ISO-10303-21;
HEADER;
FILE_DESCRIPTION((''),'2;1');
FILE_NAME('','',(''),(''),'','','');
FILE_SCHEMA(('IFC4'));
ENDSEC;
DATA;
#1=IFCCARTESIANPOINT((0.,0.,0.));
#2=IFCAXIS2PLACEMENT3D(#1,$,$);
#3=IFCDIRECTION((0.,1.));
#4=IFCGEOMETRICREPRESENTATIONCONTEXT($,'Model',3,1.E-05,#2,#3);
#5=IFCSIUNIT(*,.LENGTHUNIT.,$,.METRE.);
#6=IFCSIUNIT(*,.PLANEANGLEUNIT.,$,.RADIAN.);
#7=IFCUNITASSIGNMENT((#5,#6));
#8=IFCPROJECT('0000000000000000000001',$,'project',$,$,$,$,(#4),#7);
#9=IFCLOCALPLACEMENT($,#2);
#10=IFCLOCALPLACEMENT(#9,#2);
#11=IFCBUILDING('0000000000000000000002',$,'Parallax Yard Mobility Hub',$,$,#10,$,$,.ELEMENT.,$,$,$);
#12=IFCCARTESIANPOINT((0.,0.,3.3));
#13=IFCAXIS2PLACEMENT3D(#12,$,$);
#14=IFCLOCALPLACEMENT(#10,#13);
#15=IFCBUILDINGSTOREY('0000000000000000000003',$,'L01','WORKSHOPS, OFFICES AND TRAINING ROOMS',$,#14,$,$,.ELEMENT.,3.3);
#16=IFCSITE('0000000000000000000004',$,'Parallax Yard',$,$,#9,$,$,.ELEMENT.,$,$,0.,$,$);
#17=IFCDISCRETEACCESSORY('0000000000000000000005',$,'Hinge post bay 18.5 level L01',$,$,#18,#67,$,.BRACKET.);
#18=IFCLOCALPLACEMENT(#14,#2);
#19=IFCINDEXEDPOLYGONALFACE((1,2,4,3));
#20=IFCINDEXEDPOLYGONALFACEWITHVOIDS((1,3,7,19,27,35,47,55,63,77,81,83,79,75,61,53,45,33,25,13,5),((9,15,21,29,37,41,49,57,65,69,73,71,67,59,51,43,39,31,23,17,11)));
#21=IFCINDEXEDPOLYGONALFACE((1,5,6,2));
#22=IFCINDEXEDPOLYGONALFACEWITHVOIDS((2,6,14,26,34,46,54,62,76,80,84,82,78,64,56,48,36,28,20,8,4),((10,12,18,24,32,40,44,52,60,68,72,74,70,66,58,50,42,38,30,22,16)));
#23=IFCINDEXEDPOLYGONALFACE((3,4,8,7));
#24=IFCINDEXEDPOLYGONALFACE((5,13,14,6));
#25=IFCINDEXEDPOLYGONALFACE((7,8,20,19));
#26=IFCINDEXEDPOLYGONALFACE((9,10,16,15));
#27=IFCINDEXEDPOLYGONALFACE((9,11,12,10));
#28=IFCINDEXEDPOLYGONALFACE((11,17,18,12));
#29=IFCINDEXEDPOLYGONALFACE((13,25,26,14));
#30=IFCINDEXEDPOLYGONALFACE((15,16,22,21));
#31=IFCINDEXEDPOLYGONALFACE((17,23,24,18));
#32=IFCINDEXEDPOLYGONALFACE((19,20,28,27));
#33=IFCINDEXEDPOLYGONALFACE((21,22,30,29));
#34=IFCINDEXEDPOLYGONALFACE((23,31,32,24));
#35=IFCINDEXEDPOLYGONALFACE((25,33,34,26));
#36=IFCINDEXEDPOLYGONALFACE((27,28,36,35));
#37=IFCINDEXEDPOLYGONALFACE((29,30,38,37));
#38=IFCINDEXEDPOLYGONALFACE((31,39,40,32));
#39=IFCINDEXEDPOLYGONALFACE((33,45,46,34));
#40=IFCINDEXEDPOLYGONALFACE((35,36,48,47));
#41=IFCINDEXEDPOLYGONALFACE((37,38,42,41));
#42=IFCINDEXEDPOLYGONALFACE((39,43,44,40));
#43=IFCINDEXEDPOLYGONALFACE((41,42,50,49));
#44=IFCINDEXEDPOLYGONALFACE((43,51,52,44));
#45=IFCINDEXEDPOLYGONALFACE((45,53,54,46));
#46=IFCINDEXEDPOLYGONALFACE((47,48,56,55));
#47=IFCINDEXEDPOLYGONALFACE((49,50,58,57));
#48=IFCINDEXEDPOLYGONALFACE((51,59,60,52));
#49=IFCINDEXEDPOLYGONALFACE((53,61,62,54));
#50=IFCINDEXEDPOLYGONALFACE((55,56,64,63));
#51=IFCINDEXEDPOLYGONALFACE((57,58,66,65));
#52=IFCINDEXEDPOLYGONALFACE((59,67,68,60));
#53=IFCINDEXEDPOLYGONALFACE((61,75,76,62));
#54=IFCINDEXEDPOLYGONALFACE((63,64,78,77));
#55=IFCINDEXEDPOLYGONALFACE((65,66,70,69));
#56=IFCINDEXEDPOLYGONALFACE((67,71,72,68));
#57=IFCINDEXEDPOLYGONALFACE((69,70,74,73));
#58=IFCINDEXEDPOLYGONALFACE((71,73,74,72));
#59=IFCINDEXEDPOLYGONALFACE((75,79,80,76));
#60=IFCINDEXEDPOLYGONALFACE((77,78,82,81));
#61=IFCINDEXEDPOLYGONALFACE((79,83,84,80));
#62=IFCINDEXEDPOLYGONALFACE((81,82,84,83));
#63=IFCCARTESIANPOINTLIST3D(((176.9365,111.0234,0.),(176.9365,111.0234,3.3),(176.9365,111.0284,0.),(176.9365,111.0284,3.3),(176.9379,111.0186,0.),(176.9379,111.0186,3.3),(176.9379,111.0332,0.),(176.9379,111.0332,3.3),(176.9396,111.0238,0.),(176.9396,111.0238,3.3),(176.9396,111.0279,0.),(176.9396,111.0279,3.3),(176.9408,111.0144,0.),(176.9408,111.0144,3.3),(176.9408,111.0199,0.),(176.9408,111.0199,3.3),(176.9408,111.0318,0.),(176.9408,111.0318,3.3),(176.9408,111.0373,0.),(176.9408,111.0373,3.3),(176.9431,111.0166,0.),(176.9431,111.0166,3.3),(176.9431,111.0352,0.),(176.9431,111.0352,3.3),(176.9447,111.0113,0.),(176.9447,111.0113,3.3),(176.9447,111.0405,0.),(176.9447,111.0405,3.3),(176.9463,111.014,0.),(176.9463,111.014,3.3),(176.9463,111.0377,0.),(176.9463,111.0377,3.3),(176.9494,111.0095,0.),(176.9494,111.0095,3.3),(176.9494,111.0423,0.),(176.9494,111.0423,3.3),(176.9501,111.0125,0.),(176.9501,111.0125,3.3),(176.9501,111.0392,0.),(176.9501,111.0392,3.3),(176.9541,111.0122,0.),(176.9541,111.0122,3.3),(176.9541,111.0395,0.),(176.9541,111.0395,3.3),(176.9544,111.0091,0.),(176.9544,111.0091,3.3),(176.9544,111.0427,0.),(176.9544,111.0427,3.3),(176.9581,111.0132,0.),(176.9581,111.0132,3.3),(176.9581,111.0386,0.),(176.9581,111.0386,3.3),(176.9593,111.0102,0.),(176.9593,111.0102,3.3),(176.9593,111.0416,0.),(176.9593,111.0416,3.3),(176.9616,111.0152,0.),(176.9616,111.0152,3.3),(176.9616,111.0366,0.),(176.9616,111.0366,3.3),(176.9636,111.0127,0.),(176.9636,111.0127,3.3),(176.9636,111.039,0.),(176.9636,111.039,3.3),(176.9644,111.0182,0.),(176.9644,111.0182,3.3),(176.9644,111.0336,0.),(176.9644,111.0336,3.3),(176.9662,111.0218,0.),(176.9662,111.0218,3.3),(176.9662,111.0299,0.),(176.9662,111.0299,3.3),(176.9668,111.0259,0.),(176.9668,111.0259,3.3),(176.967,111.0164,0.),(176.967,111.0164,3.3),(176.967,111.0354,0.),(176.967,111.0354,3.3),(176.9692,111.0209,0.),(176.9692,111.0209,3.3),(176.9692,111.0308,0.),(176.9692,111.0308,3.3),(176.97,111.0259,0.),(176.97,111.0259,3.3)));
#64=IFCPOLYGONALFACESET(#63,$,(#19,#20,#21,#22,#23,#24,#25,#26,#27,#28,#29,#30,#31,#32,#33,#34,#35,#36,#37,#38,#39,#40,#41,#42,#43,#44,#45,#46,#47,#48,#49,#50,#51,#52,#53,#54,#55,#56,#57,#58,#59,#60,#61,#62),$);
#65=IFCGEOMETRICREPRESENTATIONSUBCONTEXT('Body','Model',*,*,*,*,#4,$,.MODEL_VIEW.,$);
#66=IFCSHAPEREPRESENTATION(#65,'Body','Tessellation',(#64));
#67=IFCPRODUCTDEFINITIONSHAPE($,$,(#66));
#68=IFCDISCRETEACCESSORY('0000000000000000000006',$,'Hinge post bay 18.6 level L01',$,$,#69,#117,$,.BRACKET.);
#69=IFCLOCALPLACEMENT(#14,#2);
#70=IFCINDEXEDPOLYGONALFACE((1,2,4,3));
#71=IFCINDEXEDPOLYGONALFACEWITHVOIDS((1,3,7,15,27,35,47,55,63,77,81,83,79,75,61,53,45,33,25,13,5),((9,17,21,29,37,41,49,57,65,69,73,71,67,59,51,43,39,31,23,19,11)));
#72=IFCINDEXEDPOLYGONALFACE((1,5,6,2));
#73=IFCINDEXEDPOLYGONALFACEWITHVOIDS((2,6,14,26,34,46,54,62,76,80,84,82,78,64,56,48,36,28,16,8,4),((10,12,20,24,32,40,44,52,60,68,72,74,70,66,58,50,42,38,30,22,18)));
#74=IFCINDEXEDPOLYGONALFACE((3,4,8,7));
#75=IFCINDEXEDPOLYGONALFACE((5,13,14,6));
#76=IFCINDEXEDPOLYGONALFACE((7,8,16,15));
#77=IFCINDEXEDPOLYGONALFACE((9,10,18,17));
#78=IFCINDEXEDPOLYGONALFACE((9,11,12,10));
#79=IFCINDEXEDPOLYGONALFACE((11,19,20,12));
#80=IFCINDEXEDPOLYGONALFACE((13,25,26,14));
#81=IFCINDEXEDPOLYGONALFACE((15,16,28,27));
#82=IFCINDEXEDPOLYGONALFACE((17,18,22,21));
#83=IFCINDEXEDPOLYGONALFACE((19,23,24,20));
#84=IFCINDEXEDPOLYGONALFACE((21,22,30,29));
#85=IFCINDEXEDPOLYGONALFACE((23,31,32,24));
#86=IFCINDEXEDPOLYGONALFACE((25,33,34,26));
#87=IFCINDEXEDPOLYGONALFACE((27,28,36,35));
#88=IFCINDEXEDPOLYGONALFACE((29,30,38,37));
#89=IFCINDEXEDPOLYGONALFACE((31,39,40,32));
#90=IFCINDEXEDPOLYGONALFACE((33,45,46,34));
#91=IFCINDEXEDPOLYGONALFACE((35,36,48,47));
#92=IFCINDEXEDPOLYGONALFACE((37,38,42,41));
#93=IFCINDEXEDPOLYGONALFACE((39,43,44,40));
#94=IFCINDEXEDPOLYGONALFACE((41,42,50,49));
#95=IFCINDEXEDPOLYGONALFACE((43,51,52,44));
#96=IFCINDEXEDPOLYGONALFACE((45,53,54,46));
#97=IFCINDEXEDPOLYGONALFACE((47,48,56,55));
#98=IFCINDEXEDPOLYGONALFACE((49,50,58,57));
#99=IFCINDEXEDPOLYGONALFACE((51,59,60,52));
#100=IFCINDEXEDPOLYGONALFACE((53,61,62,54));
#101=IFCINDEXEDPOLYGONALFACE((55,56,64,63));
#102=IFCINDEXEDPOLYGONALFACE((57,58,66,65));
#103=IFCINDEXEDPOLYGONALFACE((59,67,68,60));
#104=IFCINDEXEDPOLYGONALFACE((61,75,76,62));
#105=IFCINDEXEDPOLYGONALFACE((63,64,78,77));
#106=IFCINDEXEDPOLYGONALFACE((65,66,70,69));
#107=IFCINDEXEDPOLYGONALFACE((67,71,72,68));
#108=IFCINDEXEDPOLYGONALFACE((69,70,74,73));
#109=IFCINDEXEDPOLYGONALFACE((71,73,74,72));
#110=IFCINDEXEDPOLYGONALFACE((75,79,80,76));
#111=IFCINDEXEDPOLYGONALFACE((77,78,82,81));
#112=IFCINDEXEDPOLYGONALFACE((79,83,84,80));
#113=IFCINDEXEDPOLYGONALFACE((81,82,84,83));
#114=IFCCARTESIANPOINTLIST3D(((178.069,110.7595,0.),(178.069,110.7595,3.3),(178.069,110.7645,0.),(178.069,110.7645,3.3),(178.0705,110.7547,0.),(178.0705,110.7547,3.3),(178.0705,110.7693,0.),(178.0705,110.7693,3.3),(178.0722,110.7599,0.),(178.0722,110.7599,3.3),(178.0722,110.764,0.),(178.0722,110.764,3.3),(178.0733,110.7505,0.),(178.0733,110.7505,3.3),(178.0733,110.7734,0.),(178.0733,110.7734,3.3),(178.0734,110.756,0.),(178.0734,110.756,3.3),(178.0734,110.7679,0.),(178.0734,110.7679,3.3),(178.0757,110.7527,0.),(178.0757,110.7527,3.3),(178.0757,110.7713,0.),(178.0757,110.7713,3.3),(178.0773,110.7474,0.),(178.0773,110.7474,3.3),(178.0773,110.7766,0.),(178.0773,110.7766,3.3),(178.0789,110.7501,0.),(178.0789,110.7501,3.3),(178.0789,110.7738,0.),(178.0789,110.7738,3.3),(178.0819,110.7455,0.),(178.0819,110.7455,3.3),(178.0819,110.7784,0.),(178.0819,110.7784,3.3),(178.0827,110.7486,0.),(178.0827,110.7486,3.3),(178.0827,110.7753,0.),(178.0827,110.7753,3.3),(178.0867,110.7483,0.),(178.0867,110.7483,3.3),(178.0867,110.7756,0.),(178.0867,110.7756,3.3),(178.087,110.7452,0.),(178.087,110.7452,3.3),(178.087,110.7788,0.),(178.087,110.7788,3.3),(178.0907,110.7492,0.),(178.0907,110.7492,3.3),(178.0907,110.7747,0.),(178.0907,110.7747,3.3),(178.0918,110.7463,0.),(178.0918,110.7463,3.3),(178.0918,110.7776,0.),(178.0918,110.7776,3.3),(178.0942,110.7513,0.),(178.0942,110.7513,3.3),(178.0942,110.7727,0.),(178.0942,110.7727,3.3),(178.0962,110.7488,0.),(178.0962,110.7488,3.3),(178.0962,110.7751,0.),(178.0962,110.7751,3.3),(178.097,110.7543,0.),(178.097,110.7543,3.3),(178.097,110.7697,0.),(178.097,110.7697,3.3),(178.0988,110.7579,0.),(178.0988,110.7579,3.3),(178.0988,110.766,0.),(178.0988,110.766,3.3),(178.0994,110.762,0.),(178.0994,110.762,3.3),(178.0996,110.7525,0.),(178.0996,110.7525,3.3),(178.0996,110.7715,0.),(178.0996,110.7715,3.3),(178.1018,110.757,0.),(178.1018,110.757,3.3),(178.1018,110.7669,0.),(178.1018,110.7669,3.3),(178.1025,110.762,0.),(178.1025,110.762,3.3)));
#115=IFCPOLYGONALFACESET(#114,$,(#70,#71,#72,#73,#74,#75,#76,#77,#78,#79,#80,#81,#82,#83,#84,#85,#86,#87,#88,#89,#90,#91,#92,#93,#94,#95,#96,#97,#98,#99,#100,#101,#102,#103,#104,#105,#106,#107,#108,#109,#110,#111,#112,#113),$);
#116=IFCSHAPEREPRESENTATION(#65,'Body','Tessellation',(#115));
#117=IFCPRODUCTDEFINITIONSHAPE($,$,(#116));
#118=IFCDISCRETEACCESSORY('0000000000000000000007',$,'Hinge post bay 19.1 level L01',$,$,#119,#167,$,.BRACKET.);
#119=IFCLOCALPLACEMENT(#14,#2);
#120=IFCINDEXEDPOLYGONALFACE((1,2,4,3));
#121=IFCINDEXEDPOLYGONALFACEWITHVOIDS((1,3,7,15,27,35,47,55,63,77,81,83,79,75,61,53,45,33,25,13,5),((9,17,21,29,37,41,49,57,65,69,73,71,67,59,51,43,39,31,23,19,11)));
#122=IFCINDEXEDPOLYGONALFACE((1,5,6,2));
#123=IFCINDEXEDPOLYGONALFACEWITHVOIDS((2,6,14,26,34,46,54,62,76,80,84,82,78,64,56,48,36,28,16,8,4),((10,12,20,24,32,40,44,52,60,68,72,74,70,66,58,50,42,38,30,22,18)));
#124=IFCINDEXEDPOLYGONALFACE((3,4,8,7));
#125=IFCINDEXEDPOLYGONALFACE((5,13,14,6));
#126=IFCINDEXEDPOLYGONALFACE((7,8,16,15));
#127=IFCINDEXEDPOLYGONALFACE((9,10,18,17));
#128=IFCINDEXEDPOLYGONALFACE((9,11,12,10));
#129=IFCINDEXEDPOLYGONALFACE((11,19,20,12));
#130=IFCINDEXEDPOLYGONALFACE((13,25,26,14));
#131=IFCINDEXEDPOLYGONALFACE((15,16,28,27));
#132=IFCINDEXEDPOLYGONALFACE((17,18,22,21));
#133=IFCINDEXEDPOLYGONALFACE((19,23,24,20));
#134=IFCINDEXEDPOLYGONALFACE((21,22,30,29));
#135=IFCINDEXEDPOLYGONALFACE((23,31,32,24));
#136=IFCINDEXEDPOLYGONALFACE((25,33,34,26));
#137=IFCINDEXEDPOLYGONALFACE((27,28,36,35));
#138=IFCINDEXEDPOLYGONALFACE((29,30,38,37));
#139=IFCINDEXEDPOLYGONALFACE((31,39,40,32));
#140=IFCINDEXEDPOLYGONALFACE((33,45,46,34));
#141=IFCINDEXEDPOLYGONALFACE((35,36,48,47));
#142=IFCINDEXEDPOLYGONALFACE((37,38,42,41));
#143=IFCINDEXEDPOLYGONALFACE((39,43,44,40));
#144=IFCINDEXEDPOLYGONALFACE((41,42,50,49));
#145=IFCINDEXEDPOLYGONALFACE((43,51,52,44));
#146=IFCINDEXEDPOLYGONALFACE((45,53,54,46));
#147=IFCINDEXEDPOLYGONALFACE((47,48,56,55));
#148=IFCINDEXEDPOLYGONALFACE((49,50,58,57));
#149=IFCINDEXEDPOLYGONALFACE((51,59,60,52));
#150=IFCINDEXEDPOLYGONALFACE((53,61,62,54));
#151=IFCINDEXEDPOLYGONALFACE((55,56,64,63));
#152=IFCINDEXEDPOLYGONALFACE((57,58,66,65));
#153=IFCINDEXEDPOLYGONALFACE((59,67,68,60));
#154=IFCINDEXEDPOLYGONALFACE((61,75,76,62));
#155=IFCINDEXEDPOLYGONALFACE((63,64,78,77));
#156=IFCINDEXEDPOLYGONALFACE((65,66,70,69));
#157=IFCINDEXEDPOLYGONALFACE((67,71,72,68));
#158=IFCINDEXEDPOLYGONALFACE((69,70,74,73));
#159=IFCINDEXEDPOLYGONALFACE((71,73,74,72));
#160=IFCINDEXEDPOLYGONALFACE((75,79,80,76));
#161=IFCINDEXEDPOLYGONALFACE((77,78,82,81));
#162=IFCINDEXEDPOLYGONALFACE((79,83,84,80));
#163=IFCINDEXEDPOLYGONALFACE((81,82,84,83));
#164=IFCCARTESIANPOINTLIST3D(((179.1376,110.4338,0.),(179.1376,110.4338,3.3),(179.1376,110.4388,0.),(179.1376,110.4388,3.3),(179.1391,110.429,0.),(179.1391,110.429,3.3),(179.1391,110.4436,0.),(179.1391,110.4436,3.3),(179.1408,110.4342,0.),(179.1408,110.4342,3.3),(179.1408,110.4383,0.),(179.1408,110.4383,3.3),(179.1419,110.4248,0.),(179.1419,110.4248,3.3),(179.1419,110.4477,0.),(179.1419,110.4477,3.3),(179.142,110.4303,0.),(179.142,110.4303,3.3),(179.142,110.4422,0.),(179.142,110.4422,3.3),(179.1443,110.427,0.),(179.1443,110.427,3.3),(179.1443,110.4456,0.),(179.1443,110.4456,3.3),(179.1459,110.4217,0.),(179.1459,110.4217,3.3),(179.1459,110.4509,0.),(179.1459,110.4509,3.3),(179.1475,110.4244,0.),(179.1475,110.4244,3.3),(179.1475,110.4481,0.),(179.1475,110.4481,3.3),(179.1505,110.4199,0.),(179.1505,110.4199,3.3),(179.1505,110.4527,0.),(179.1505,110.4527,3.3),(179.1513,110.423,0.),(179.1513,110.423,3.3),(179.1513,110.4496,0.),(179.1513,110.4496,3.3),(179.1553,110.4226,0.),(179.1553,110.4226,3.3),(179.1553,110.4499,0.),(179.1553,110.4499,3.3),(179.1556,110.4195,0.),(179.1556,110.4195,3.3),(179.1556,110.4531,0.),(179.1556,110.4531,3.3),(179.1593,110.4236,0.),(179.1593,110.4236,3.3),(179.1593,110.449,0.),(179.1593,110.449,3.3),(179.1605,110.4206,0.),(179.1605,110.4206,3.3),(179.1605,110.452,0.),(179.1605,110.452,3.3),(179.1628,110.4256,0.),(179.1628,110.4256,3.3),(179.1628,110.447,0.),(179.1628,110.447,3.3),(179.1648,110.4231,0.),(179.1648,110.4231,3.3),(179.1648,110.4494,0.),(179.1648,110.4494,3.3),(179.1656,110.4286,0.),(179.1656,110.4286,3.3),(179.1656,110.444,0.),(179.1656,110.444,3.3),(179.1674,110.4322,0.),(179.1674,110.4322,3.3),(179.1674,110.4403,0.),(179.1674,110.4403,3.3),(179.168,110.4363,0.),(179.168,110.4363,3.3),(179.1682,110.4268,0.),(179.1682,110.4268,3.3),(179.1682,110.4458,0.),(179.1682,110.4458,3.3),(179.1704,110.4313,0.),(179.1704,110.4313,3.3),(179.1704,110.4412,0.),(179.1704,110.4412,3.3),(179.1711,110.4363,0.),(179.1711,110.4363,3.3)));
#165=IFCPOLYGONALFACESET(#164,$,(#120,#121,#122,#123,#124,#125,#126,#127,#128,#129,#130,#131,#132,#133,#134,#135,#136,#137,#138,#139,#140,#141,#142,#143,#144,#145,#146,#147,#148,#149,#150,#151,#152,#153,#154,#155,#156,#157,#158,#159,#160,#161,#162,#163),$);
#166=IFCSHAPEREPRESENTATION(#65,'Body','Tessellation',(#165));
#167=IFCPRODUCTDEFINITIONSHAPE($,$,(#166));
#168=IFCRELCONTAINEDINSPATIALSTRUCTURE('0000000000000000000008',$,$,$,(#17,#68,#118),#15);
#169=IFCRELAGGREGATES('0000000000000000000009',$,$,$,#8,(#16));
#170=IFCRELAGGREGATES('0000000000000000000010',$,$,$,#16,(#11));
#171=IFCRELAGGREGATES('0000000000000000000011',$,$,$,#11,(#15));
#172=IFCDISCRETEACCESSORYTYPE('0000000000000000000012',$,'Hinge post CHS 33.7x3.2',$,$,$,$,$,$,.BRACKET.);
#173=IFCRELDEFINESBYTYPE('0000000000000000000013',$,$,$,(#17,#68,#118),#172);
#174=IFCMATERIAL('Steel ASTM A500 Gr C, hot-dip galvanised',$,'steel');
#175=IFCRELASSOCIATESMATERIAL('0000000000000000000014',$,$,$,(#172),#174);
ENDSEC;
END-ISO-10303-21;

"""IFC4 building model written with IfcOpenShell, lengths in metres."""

from ifc_helpers import new_model, si_unit, direction, frame, origin, origin_2d, place, context, subcontext, project, spatial, hollow_circle, extrude, material, material_profile, profile_set, type_object, element, save


model = new_model("IFC4")

# Units and contexts
model_context = context("Model", 3, precision=1e-05, world=origin(), true_north=direction((0.0, 1.0)))
body_context = subcontext(model_context, "Body", "Model", "MODEL_VIEW")
ifc_project = project(units=[si_unit("LENGTHUNIT", "METRE"), si_unit("PLANEANGLEUNIT", "RADIAN")], contexts=[model_context])

# Site, building, storey
site_placement = place(None, origin())
site = spatial("IfcSite", under=ifc_project, at=site_placement, Name="Parallax Yard", CompositionType="ELEMENT", RefElevation=0.0)
building_placement = place(site_placement, origin())
building = spatial("IfcBuilding", under=site, at=building_placement, Name="Parallax Yard Mobility Hub", CompositionType="ELEMENT")
storey_placement = place(building_placement, frame((0.0, 0.0, 3.3)))
storey = spatial("IfcBuildingStorey", under=building, at=storey_placement, Name="L01", Description="WORKSHOPS, OFFICES AND TRAINING ROOMS", CompositionType="ELEMENT", Elevation=3.3)

# Discrete accessories
ifc_material_1 = material(Name="Steel ASTM A500 Gr C, hot-dip galvanised", Category="steel")
ifc_material_profile_1 = material_profile(ifc_material_1, hollow_circle(Radius=0.0168, WallThickness=0.0032, at=origin_2d()), Name="CHS 33.7x3.2")
ifc_profile_set_1 = profile_set([ifc_material_profile_1], Name="Steel ASTM A500 Gr C, hot-dip galvanised")
discrete_accessory_type_1 = type_object("IfcDiscreteAccessoryType", Name="Hinge post CHS 33.7x3.2", PredefinedType="BRACKET", material=ifc_profile_set_1)
for number, where, z_axis, x_axis, name in (
    (1, (176.9531, 111.0259, 0.0), (0.0, 0.0, 1.0), (1.0, 0.0, 0.0), "Hinge post bay 18.5 level L01"),
    (2, (178.0857, 110.762, 0.0), (0.0, 0.0, 1.0), (1.0, 0.0, 0.0), "Hinge post bay 18.6 level L01"),
    (3, (179.1543, 110.4363, 0.0), (0.0, 0.0, 1.0), (1.0, 0.0, 0.0), "Hinge post bay 19.1 level L01"),
):
    element("IfcDiscreteAccessory", number, at=place(storey_placement, frame(where, z_axis=z_axis, x_axis=x_axis)), inside=storey, type_object=discrete_accessory_type_1, Name=name, PredefinedType="BRACKET", context=body_context, shape_type="SweptSolid", body=[
        extrude(hollow_circle(Radius=0.0168, WallThickness=0.0032, at=origin_2d()), origin(), (0.0, 0.0, 1.0), 3.3),
    ])

save(model, "model.ifc")
